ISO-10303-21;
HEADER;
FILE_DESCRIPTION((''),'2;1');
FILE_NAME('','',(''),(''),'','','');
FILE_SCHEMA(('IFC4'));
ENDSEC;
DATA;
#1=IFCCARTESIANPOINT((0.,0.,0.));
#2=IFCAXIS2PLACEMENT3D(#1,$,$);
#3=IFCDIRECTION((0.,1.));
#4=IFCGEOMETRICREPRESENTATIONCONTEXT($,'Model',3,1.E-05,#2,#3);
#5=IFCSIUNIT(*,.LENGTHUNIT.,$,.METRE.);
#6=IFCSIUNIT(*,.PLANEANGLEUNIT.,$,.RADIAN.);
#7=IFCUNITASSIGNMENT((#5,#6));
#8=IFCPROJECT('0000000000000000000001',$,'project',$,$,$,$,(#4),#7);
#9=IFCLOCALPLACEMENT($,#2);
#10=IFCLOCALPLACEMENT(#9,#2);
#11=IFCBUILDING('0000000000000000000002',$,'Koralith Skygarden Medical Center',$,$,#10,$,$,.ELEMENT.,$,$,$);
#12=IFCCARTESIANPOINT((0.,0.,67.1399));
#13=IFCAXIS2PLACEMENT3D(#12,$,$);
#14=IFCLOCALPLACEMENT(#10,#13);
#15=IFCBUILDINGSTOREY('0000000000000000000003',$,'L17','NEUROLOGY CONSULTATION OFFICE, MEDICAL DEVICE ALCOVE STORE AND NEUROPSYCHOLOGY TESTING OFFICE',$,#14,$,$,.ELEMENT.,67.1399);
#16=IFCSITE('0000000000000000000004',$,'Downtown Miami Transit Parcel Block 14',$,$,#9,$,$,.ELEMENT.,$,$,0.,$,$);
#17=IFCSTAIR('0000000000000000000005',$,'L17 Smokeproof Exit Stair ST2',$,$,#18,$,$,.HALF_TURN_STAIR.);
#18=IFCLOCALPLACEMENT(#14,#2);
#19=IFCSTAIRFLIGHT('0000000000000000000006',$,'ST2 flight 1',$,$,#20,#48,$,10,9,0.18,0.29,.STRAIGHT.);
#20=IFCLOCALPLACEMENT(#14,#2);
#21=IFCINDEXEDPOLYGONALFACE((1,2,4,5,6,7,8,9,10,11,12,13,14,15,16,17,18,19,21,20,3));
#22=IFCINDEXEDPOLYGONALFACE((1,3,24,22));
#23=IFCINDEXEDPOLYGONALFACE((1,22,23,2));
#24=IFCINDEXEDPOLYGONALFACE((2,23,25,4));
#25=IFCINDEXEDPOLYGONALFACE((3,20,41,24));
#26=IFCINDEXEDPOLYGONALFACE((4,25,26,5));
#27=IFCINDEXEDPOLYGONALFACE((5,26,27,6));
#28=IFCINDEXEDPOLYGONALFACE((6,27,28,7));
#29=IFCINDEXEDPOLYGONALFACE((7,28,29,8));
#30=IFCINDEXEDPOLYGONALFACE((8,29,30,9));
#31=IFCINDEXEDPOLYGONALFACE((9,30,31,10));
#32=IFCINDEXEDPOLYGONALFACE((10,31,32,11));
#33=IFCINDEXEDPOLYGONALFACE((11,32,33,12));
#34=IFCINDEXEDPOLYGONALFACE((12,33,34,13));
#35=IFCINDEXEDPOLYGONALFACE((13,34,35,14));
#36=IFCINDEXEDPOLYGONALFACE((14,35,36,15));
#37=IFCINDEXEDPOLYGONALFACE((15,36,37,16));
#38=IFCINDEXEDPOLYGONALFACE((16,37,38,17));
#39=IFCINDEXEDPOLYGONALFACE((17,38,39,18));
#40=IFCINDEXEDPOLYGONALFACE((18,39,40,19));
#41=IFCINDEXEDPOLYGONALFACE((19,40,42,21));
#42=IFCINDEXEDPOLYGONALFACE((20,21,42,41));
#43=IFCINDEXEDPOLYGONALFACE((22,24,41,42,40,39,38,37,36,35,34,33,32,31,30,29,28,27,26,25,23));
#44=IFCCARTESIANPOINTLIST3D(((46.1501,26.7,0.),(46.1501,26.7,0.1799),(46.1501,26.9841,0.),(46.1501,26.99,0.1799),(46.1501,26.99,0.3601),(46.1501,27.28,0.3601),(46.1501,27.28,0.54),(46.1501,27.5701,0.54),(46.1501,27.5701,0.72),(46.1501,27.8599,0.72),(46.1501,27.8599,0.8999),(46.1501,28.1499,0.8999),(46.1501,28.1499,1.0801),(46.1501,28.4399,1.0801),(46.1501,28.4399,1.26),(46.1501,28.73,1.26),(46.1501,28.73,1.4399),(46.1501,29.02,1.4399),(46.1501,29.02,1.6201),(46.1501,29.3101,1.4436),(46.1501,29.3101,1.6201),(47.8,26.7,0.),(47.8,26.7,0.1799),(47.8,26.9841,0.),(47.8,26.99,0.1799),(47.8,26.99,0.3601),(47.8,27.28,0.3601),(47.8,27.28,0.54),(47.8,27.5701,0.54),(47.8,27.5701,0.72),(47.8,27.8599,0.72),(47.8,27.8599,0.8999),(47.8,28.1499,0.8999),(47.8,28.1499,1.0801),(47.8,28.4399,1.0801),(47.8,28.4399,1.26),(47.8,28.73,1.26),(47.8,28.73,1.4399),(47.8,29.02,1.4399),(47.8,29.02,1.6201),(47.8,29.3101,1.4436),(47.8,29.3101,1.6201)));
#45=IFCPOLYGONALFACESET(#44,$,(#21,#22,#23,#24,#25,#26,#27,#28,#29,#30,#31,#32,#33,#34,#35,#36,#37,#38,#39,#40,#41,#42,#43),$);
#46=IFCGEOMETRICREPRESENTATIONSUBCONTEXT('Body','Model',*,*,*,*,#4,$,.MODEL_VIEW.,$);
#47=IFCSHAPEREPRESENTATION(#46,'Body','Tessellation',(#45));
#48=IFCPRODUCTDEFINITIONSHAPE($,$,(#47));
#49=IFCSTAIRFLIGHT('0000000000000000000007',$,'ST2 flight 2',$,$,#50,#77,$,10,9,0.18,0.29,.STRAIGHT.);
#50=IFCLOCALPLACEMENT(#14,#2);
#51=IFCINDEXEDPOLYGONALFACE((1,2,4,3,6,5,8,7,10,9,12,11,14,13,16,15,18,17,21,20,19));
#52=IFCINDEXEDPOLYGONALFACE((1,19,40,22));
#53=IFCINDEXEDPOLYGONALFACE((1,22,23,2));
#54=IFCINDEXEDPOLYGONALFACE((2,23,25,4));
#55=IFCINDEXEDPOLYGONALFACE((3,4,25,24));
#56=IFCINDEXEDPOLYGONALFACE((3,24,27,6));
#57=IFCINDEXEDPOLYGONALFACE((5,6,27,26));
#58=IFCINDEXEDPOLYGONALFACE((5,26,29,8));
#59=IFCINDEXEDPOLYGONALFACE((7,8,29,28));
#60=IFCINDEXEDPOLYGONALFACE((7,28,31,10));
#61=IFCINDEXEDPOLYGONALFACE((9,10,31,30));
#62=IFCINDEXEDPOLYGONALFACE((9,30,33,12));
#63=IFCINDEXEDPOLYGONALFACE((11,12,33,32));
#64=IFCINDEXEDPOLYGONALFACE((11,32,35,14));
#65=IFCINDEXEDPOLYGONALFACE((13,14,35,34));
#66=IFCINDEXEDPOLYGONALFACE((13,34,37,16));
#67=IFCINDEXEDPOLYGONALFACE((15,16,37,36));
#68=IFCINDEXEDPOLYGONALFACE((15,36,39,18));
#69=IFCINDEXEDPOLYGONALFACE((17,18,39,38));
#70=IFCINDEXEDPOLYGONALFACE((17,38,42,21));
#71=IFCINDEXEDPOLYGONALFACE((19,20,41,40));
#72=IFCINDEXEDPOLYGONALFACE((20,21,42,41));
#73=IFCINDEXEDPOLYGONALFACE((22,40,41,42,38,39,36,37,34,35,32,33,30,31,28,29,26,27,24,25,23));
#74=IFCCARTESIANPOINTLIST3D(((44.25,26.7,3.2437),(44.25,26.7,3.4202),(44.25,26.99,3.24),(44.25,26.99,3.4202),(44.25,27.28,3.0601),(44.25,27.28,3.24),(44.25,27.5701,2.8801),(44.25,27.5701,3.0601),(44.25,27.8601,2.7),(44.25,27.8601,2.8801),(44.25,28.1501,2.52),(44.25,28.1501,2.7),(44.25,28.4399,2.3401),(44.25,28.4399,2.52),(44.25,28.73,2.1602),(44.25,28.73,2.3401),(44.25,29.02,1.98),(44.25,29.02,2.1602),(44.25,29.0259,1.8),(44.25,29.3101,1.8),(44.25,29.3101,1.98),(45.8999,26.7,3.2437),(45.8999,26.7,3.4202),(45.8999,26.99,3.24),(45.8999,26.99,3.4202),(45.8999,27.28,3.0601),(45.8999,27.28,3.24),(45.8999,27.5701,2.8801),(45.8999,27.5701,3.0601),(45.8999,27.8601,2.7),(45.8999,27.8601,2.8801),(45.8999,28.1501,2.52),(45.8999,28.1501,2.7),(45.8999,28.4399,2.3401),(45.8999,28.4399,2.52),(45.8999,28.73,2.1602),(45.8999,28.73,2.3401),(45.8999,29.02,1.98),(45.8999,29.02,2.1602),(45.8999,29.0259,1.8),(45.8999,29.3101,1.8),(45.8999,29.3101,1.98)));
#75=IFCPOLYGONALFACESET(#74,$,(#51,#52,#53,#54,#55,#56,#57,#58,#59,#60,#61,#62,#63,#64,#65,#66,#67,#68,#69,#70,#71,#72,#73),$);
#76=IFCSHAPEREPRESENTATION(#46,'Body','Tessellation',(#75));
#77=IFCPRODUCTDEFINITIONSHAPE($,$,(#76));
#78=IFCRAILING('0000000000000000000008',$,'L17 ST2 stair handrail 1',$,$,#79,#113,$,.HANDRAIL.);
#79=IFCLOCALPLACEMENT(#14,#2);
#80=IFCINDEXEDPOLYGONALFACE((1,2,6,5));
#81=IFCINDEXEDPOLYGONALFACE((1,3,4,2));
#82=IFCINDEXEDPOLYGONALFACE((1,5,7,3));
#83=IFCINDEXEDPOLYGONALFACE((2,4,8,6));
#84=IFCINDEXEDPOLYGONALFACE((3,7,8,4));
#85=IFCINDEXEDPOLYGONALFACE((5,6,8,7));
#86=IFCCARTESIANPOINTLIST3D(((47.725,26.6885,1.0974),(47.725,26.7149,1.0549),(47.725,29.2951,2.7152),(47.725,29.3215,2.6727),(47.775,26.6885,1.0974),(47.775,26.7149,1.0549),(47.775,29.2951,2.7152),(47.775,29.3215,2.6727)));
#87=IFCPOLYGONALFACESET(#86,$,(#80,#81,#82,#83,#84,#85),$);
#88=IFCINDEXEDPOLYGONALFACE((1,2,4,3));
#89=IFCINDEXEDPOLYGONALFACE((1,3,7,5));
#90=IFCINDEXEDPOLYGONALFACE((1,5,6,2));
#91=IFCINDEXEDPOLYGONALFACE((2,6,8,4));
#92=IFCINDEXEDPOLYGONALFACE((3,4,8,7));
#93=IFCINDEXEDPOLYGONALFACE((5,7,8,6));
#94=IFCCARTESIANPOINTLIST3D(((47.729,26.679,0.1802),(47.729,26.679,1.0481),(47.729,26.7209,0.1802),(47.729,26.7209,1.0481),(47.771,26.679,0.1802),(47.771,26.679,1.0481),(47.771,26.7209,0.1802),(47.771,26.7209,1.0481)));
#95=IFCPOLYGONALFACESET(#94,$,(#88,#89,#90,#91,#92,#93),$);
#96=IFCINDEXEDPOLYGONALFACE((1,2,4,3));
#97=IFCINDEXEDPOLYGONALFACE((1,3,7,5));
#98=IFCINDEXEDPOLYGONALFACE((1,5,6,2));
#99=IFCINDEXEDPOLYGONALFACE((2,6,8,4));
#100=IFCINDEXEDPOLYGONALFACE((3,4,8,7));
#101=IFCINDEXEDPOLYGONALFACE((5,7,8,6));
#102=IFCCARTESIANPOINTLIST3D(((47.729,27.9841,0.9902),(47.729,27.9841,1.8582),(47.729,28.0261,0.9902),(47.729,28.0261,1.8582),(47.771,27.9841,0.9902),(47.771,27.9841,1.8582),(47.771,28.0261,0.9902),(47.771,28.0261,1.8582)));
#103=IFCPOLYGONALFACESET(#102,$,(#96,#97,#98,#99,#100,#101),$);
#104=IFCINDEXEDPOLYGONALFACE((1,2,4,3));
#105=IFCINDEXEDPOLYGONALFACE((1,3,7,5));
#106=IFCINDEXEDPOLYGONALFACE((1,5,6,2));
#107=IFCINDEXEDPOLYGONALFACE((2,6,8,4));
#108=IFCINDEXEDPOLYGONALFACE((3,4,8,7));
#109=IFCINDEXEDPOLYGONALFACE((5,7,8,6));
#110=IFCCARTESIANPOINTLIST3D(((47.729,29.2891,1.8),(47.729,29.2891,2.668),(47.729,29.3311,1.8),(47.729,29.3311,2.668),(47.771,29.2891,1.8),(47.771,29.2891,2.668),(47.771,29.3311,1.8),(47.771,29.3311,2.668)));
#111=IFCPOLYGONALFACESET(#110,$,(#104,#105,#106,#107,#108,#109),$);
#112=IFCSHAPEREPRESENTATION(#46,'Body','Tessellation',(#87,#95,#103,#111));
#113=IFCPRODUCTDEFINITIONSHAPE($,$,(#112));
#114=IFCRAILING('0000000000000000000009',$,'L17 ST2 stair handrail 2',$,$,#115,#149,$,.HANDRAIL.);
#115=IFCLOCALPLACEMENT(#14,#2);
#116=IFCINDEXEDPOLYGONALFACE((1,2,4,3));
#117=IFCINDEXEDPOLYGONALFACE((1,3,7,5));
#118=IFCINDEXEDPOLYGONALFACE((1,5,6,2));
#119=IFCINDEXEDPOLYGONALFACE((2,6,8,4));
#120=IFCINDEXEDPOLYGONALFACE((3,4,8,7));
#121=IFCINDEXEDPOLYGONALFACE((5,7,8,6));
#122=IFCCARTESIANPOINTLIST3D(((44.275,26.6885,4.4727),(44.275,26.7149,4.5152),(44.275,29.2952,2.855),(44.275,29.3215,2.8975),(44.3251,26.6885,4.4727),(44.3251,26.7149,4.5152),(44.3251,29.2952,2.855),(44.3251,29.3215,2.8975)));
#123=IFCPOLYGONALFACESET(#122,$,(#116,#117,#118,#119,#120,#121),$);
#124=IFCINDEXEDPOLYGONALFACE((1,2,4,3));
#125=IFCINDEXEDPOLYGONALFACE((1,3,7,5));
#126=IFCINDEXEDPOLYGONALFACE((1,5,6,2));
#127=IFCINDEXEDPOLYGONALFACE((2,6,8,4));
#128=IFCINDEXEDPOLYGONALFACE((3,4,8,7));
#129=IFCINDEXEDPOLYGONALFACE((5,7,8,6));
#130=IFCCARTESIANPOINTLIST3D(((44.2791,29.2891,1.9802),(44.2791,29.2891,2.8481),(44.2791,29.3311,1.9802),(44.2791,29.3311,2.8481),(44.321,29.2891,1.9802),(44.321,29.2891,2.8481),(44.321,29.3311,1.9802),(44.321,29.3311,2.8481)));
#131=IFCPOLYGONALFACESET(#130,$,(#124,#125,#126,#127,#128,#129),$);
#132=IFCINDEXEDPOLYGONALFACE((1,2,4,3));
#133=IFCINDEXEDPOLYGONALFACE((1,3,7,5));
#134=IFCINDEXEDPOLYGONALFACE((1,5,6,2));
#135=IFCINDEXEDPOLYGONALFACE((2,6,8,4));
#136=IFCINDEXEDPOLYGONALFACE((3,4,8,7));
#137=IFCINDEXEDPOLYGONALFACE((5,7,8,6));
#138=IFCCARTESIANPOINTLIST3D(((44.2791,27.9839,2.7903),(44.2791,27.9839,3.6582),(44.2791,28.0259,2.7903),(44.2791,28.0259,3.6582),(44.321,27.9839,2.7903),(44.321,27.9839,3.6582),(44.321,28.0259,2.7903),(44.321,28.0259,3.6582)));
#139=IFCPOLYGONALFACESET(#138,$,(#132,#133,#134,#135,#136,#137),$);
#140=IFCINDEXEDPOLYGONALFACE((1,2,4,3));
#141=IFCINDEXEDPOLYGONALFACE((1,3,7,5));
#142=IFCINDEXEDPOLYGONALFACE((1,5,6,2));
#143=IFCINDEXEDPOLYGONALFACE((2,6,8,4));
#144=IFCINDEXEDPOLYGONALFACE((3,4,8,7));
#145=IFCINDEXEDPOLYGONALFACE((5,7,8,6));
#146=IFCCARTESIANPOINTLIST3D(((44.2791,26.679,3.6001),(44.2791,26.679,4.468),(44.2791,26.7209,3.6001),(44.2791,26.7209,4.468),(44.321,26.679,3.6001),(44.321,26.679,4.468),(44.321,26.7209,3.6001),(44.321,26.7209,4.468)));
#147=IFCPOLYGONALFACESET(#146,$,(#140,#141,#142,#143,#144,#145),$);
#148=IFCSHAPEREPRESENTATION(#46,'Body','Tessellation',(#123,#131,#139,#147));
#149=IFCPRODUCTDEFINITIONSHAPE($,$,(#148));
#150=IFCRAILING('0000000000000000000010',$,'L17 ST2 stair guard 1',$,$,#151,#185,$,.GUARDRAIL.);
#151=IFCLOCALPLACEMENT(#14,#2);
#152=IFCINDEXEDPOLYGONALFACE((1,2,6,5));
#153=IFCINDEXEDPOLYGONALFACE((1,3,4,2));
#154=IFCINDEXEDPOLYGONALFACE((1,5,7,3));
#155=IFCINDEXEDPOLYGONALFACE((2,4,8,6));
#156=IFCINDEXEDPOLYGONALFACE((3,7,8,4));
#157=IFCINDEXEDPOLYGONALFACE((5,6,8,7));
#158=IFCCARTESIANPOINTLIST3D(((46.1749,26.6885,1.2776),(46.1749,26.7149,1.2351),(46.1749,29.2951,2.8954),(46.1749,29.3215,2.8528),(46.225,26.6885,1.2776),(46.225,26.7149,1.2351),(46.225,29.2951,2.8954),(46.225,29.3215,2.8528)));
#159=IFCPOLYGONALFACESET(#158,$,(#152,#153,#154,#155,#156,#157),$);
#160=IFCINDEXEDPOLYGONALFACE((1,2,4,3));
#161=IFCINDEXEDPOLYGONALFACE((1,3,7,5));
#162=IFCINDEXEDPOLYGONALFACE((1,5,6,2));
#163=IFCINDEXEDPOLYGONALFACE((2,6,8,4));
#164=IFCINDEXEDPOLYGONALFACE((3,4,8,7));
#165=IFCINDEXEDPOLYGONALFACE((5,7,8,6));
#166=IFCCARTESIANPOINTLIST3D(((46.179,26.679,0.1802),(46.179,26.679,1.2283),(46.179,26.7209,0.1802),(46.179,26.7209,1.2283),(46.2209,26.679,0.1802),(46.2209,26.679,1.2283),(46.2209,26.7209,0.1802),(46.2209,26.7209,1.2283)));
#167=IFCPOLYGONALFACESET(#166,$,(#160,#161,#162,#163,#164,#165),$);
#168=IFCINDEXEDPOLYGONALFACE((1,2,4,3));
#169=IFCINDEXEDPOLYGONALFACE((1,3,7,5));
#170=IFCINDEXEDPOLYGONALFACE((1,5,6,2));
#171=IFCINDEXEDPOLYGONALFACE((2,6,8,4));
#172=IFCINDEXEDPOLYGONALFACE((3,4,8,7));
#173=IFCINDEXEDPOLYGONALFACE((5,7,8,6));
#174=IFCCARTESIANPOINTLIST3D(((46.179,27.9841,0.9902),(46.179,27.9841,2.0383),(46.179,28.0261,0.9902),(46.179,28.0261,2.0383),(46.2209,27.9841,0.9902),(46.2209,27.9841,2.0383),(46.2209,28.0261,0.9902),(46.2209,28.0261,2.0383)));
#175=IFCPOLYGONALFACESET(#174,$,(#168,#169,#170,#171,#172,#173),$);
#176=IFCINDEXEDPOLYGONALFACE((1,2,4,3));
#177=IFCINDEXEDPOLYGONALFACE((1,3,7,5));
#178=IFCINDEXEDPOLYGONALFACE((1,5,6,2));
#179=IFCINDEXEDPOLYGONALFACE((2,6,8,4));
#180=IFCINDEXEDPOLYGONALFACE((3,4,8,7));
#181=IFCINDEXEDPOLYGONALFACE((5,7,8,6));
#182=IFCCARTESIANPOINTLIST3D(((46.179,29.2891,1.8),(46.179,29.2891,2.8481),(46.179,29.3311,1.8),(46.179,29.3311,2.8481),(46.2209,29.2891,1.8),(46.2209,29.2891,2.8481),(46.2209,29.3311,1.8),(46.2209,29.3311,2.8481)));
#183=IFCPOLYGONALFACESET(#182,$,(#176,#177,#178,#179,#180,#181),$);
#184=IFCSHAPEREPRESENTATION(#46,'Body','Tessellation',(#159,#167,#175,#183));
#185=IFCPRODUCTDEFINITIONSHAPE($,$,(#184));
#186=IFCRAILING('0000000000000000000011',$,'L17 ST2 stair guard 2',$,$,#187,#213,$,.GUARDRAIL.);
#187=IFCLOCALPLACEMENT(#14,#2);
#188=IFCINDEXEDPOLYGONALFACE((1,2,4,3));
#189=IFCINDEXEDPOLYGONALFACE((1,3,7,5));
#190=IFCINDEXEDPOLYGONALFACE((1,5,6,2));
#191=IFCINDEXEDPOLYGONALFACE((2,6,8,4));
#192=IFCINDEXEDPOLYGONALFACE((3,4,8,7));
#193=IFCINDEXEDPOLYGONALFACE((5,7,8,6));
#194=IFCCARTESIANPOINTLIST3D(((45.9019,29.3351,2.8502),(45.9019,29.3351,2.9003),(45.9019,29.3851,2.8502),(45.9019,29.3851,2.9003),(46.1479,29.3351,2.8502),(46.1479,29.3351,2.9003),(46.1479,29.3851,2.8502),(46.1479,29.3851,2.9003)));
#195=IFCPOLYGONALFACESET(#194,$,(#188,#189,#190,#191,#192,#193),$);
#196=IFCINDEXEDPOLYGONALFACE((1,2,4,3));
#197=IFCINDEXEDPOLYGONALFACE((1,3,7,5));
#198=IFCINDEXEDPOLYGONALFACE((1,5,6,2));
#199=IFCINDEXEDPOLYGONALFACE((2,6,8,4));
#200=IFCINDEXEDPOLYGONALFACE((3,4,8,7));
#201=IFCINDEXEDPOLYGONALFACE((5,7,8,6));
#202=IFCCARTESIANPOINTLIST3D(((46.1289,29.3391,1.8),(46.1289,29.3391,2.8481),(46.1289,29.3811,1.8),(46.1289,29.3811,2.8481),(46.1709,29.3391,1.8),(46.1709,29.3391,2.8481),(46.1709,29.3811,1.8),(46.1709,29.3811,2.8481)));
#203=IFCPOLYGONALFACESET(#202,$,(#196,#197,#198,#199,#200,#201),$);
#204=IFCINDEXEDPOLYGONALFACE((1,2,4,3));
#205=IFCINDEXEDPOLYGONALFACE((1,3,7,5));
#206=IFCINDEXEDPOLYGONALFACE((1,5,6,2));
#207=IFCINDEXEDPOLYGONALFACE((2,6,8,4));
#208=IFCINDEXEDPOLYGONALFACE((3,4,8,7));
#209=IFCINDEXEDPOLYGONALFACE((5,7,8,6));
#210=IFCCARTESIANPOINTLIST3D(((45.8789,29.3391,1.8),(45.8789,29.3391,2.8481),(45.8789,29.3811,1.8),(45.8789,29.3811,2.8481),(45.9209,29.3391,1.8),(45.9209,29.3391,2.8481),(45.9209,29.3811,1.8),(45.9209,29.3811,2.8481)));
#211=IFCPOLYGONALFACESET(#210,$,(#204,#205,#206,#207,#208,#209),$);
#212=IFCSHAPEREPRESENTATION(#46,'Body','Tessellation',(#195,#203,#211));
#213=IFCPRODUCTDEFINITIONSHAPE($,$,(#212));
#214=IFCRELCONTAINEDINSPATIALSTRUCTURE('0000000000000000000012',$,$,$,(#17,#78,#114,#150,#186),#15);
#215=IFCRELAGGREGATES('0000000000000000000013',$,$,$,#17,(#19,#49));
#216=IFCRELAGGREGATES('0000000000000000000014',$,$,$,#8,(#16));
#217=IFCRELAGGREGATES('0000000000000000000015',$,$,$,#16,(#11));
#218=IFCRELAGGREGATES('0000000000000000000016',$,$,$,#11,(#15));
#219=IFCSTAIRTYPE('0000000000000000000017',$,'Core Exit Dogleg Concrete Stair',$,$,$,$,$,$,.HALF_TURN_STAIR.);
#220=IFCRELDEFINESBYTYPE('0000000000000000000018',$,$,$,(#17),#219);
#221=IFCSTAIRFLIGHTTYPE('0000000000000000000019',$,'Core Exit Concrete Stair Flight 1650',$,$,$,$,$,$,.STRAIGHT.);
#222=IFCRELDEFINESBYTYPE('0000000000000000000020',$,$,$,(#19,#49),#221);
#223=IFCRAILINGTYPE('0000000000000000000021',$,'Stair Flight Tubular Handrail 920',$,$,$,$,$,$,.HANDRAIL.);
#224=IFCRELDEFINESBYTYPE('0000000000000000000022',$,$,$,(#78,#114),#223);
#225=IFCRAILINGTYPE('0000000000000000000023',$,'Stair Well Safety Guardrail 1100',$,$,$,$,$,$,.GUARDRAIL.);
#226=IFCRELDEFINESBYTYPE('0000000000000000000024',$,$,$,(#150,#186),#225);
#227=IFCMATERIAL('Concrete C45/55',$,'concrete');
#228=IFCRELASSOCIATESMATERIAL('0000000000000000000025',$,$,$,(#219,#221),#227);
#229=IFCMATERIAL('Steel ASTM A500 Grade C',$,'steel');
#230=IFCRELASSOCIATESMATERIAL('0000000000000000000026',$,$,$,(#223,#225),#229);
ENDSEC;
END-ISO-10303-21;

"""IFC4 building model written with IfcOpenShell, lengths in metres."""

from ifc_helpers import new_model, si_unit, direction, frame, origin, origin_2d, place, context, subcontext, project, spatial, polyline, rectangle, outline, extrude, material, type_object, element, aggregate, save


model = new_model("IFC4")

# Units and contexts
model_context = context("Model", 3, precision=1e-05, world=origin(), true_north=direction((0.0, 1.0)))
body_context = subcontext(model_context, "Body", "Model", "MODEL_VIEW")
ifc_project = project(units=[si_unit("LENGTHUNIT", "METRE"), si_unit("PLANEANGLEUNIT", "RADIAN")], contexts=[model_context])

# Site, building, storey
site_placement = place(None, origin())
site = spatial("IfcSite", under=ifc_project, at=site_placement, Name="Downtown Miami Transit Parcel Block 14", CompositionType="ELEMENT", RefElevation=0.0)
building_placement = place(site_placement, origin())
building = spatial("IfcBuilding", under=site, at=building_placement, Name="Koralith Skygarden Medical Center", CompositionType="ELEMENT")
storey_placement = place(building_placement, frame((0.0, 0.0, 67.1399)))
storey = spatial("IfcBuildingStorey", under=building, at=storey_placement, Name="L17", Description="NEUROLOGY CONSULTATION OFFICE, MEDICAL DEVICE ALCOVE STORE AND NEUROPSYCHOLOGY TESTING OFFICE", CompositionType="ELEMENT", Elevation=67.1399)

# Shared definitions
ifc_material_1 = material(Name="Concrete C45/55", Category="concrete")

# Shared definitions
ifc_material_2 = material(Name="Steel ASTM A500 Grade C", Category="steel")

# Stair, stair flights
stair_type = type_object("IfcStairType", Name="Core Exit Dogleg Concrete Stair", PredefinedType="HALF_TURN_STAIR", material=ifc_material_1)
stair_placement = place(storey_placement, origin())
stair = element("IfcStair", 1, at=stair_placement, inside=storey, type_object=stair_type, Name="L17 Smokeproof Exit Stair ST2", PredefinedType="HALF_TURN_STAIR")
stair_flight_type = type_object("IfcStairFlightType", Name="Core Exit Concrete Stair Flight 1650", PredefinedType="STRAIGHT", material=ifc_material_1)
stair_flight_1_placement = place(storey_placement, frame((46.9751, 26.7, 0.0), z_axis=(0.0, 0.0, 1.0), x_axis=(0.0, 1.0, 0.0)))
stair_flight_1 = element("IfcStairFlight", 2, at=stair_flight_1_placement, type_object=stair_flight_type, Name="ST2 flight 1", NumberOfRisers=10, NumberOfTreads=9, PredefinedType="STRAIGHT", RiserHeight=0.18, TreadLength=0.29, context=body_context, shape_type="SweptSolid", body=[
    extrude(outline(polyline([(0.0, 0.0), (0.0, 0.1799), (0.29, 0.1799), (0.29, 0.3601), (0.5801, 0.3601), (0.5801, 0.54), (0.8701, 0.54), (0.8701, 0.72), (1.1599, 0.72), (1.1599, 0.8999), (1.45, 0.8999), (1.45, 1.0801), (1.74, 1.0801), (1.74, 1.26), (2.03, 1.26), (2.03, 1.4399), (2.3201, 1.4399), (2.3201, 1.6201), (2.6101, 1.6201), (2.6101, 1.8), (2.6101, 1.4436), (0.2842, 0.0), (0.0, 0.0)])), frame((0.0, 0.825, 0.0), z_axis=(0.0, -1.0, 0.0), x_axis=(1.0, 0.0, 0.0)), (0.0, 0.0, 1.0), 1.6499),
])
stair_flight_2_placement = place(storey_placement, frame((45.075, 29.3101, 1.8), z_axis=(0.0, 0.0, 1.0), x_axis=(0.0, -1.0, 0.0)))
stair_flight_2 = element("IfcStairFlight", 3, at=stair_flight_2_placement, type_object=stair_flight_type, Name="ST2 flight 2", NumberOfRisers=10, NumberOfTreads=9, PredefinedType="STRAIGHT", RiserHeight=0.18, TreadLength=0.29, context=body_context, shape_type="SweptSolid", body=[
    extrude(outline(polyline([(0.0, 0.0), (0.0, 0.1799), (0.29, 0.1799), (0.29, 0.3601), (0.5801, 0.3601), (0.5801, 0.54), (0.8701, 0.54), (0.8701, 0.72), (1.1599, 0.72), (1.1599, 0.8999), (1.45, 0.8999), (1.45, 1.0801), (1.74, 1.0801), (1.74, 1.26), (2.03, 1.26), (2.03, 1.4399), (2.3201, 1.4399), (2.3201, 1.6201), (2.6101, 1.6201), (2.6101, 1.8), (2.6101, 1.4436), (0.2842, 0.0), (0.0, 0.0)])), frame((0.0, 0.825, 0.0), z_axis=(0.0, -1.0, 0.0), x_axis=(1.0, 0.0, 0.0)), (0.0, 0.0, 1.0), 1.6499),
])
aggregate(stair, [stair_flight_1, stair_flight_2])

# Railings
railing_type_1 = type_object("IfcRailingType", Name="Stair Flight Tubular Handrail 920", PredefinedType="HANDRAIL", material=ifc_material_2)
railing_1_placement = place(storey_placement, frame((47.75, 26.7, 0.1802)))
element("IfcRailing", 4, at=railing_1_placement, inside=storey, type_object=railing_type_1, Name="L17 ST2 stair handrail 1", PredefinedType="HANDRAIL", context=body_context, shape_type="SweptSolid", body=[
    extrude(rectangle(XDim=0.05, YDim=0.05, at=origin_2d()), frame((0.0, 0.0017, 0.896), z_axis=(0.0, 0.849668, 0.527317), x_axis=(-1.0, 0.0, 0.0)), (0.0, 0.0, 1.0), 3.0679),
    extrude(rectangle(XDim=0.042, YDim=0.042, at=origin_2d()), origin(), (0.0, 0.0, 1.0), 0.8679),
    extrude(rectangle(XDim=0.042, YDim=0.042, at=origin_2d()), frame((0.0, 1.3052, 0.8101)), (0.0, 0.0, 1.0), 0.8679),
    extrude(rectangle(XDim=0.042, YDim=0.042, at=origin_2d()), frame((0.0, 2.6101, 1.6199)), (0.0, 0.0, 1.0), 0.8679),
])
railing_2_placement = place(storey_placement, frame((44.3, 29.3101, 1.9802)))
element("IfcRailing", 5, at=railing_2_placement, inside=storey, type_object=railing_type_1, Name="L17 ST2 stair handrail 2", PredefinedType="HANDRAIL", context=body_context, shape_type="SweptSolid", body=[
    extrude(rectangle(XDim=0.05, YDim=0.05, at=origin_2d()), frame((0.0, -0.0017, 0.896), z_axis=(0.0, -0.849668, 0.527317), x_axis=(1.0, 0.0, 0.0)), (0.0, 0.0, 1.0), 3.0679),
    extrude(rectangle(XDim=0.042, YDim=0.042, at=origin_2d()), origin(), (0.0, 0.0, 1.0), 0.8679),
    extrude(rectangle(XDim=0.042, YDim=0.042, at=origin_2d()), frame((0.0, -1.3052, 0.8101)), (0.0, 0.0, 1.0), 0.8679),
    extrude(rectangle(XDim=0.042, YDim=0.042, at=origin_2d()), frame((0.0, -2.6101, 1.6199)), (0.0, 0.0, 1.0), 0.8679),
])
railing_type_2 = type_object("IfcRailingType", Name="Stair Well Safety Guardrail 1100", PredefinedType="GUARDRAIL", material=ifc_material_2)
railing_3_placement = place(storey_placement, frame((46.2, 26.7, 0.1802)))
element("IfcRailing", 6, at=railing_3_placement, inside=storey, type_object=railing_type_2, Name="L17 ST2 stair guard 1", PredefinedType="GUARDRAIL", context=body_context, shape_type="SweptSolid", body=[
    extrude(rectangle(XDim=0.05, YDim=0.05, at=origin_2d()), frame((0.0, 0.0017, 1.0762), z_axis=(0.0, 0.849668, 0.527317), x_axis=(-1.0, 0.0, 0.0)), (0.0, 0.0, 1.0), 3.0679),
    extrude(rectangle(XDim=0.042, YDim=0.042, at=origin_2d()), origin(), (0.0, 0.0, 1.0), 1.0481),
    extrude(rectangle(XDim=0.042, YDim=0.042, at=origin_2d()), frame((0.0, 1.3052, 0.8101)), (0.0, 0.0, 1.0), 1.0481),
    extrude(rectangle(XDim=0.042, YDim=0.042, at=origin_2d()), frame((0.0, 2.6101, 1.6199)), (0.0, 0.0, 1.0), 1.0481),
])
railing_4_placement = place(storey_placement, frame((46.1499, 29.3601, 1.8)))
element("IfcRailing", 7, at=railing_4_placement, inside=storey, type_object=railing_type_2, Name="L17 ST2 stair guard 2", PredefinedType="GUARDRAIL", context=body_context, shape_type="SweptSolid", body=[
    extrude(rectangle(XDim=0.05, YDim=0.05, at=origin_2d()), frame((-0.002, 0.0, 1.0752), z_axis=(-1.0, 0.0, 0.0), x_axis=(0.0, -1.0, 0.0)), (0.0, 0.0, 1.0), 0.2461),
    extrude(rectangle(XDim=0.042, YDim=0.042, at=origin_2d()), origin(), (0.0, 0.0, 1.0), 1.0481),
    extrude(rectangle(XDim=0.042, YDim=0.042, at=origin_2d()), frame((-0.25, 0.0, 0.0)), (0.0, 0.0, 1.0), 1.0481),
])

save(model, "model.ifc")
